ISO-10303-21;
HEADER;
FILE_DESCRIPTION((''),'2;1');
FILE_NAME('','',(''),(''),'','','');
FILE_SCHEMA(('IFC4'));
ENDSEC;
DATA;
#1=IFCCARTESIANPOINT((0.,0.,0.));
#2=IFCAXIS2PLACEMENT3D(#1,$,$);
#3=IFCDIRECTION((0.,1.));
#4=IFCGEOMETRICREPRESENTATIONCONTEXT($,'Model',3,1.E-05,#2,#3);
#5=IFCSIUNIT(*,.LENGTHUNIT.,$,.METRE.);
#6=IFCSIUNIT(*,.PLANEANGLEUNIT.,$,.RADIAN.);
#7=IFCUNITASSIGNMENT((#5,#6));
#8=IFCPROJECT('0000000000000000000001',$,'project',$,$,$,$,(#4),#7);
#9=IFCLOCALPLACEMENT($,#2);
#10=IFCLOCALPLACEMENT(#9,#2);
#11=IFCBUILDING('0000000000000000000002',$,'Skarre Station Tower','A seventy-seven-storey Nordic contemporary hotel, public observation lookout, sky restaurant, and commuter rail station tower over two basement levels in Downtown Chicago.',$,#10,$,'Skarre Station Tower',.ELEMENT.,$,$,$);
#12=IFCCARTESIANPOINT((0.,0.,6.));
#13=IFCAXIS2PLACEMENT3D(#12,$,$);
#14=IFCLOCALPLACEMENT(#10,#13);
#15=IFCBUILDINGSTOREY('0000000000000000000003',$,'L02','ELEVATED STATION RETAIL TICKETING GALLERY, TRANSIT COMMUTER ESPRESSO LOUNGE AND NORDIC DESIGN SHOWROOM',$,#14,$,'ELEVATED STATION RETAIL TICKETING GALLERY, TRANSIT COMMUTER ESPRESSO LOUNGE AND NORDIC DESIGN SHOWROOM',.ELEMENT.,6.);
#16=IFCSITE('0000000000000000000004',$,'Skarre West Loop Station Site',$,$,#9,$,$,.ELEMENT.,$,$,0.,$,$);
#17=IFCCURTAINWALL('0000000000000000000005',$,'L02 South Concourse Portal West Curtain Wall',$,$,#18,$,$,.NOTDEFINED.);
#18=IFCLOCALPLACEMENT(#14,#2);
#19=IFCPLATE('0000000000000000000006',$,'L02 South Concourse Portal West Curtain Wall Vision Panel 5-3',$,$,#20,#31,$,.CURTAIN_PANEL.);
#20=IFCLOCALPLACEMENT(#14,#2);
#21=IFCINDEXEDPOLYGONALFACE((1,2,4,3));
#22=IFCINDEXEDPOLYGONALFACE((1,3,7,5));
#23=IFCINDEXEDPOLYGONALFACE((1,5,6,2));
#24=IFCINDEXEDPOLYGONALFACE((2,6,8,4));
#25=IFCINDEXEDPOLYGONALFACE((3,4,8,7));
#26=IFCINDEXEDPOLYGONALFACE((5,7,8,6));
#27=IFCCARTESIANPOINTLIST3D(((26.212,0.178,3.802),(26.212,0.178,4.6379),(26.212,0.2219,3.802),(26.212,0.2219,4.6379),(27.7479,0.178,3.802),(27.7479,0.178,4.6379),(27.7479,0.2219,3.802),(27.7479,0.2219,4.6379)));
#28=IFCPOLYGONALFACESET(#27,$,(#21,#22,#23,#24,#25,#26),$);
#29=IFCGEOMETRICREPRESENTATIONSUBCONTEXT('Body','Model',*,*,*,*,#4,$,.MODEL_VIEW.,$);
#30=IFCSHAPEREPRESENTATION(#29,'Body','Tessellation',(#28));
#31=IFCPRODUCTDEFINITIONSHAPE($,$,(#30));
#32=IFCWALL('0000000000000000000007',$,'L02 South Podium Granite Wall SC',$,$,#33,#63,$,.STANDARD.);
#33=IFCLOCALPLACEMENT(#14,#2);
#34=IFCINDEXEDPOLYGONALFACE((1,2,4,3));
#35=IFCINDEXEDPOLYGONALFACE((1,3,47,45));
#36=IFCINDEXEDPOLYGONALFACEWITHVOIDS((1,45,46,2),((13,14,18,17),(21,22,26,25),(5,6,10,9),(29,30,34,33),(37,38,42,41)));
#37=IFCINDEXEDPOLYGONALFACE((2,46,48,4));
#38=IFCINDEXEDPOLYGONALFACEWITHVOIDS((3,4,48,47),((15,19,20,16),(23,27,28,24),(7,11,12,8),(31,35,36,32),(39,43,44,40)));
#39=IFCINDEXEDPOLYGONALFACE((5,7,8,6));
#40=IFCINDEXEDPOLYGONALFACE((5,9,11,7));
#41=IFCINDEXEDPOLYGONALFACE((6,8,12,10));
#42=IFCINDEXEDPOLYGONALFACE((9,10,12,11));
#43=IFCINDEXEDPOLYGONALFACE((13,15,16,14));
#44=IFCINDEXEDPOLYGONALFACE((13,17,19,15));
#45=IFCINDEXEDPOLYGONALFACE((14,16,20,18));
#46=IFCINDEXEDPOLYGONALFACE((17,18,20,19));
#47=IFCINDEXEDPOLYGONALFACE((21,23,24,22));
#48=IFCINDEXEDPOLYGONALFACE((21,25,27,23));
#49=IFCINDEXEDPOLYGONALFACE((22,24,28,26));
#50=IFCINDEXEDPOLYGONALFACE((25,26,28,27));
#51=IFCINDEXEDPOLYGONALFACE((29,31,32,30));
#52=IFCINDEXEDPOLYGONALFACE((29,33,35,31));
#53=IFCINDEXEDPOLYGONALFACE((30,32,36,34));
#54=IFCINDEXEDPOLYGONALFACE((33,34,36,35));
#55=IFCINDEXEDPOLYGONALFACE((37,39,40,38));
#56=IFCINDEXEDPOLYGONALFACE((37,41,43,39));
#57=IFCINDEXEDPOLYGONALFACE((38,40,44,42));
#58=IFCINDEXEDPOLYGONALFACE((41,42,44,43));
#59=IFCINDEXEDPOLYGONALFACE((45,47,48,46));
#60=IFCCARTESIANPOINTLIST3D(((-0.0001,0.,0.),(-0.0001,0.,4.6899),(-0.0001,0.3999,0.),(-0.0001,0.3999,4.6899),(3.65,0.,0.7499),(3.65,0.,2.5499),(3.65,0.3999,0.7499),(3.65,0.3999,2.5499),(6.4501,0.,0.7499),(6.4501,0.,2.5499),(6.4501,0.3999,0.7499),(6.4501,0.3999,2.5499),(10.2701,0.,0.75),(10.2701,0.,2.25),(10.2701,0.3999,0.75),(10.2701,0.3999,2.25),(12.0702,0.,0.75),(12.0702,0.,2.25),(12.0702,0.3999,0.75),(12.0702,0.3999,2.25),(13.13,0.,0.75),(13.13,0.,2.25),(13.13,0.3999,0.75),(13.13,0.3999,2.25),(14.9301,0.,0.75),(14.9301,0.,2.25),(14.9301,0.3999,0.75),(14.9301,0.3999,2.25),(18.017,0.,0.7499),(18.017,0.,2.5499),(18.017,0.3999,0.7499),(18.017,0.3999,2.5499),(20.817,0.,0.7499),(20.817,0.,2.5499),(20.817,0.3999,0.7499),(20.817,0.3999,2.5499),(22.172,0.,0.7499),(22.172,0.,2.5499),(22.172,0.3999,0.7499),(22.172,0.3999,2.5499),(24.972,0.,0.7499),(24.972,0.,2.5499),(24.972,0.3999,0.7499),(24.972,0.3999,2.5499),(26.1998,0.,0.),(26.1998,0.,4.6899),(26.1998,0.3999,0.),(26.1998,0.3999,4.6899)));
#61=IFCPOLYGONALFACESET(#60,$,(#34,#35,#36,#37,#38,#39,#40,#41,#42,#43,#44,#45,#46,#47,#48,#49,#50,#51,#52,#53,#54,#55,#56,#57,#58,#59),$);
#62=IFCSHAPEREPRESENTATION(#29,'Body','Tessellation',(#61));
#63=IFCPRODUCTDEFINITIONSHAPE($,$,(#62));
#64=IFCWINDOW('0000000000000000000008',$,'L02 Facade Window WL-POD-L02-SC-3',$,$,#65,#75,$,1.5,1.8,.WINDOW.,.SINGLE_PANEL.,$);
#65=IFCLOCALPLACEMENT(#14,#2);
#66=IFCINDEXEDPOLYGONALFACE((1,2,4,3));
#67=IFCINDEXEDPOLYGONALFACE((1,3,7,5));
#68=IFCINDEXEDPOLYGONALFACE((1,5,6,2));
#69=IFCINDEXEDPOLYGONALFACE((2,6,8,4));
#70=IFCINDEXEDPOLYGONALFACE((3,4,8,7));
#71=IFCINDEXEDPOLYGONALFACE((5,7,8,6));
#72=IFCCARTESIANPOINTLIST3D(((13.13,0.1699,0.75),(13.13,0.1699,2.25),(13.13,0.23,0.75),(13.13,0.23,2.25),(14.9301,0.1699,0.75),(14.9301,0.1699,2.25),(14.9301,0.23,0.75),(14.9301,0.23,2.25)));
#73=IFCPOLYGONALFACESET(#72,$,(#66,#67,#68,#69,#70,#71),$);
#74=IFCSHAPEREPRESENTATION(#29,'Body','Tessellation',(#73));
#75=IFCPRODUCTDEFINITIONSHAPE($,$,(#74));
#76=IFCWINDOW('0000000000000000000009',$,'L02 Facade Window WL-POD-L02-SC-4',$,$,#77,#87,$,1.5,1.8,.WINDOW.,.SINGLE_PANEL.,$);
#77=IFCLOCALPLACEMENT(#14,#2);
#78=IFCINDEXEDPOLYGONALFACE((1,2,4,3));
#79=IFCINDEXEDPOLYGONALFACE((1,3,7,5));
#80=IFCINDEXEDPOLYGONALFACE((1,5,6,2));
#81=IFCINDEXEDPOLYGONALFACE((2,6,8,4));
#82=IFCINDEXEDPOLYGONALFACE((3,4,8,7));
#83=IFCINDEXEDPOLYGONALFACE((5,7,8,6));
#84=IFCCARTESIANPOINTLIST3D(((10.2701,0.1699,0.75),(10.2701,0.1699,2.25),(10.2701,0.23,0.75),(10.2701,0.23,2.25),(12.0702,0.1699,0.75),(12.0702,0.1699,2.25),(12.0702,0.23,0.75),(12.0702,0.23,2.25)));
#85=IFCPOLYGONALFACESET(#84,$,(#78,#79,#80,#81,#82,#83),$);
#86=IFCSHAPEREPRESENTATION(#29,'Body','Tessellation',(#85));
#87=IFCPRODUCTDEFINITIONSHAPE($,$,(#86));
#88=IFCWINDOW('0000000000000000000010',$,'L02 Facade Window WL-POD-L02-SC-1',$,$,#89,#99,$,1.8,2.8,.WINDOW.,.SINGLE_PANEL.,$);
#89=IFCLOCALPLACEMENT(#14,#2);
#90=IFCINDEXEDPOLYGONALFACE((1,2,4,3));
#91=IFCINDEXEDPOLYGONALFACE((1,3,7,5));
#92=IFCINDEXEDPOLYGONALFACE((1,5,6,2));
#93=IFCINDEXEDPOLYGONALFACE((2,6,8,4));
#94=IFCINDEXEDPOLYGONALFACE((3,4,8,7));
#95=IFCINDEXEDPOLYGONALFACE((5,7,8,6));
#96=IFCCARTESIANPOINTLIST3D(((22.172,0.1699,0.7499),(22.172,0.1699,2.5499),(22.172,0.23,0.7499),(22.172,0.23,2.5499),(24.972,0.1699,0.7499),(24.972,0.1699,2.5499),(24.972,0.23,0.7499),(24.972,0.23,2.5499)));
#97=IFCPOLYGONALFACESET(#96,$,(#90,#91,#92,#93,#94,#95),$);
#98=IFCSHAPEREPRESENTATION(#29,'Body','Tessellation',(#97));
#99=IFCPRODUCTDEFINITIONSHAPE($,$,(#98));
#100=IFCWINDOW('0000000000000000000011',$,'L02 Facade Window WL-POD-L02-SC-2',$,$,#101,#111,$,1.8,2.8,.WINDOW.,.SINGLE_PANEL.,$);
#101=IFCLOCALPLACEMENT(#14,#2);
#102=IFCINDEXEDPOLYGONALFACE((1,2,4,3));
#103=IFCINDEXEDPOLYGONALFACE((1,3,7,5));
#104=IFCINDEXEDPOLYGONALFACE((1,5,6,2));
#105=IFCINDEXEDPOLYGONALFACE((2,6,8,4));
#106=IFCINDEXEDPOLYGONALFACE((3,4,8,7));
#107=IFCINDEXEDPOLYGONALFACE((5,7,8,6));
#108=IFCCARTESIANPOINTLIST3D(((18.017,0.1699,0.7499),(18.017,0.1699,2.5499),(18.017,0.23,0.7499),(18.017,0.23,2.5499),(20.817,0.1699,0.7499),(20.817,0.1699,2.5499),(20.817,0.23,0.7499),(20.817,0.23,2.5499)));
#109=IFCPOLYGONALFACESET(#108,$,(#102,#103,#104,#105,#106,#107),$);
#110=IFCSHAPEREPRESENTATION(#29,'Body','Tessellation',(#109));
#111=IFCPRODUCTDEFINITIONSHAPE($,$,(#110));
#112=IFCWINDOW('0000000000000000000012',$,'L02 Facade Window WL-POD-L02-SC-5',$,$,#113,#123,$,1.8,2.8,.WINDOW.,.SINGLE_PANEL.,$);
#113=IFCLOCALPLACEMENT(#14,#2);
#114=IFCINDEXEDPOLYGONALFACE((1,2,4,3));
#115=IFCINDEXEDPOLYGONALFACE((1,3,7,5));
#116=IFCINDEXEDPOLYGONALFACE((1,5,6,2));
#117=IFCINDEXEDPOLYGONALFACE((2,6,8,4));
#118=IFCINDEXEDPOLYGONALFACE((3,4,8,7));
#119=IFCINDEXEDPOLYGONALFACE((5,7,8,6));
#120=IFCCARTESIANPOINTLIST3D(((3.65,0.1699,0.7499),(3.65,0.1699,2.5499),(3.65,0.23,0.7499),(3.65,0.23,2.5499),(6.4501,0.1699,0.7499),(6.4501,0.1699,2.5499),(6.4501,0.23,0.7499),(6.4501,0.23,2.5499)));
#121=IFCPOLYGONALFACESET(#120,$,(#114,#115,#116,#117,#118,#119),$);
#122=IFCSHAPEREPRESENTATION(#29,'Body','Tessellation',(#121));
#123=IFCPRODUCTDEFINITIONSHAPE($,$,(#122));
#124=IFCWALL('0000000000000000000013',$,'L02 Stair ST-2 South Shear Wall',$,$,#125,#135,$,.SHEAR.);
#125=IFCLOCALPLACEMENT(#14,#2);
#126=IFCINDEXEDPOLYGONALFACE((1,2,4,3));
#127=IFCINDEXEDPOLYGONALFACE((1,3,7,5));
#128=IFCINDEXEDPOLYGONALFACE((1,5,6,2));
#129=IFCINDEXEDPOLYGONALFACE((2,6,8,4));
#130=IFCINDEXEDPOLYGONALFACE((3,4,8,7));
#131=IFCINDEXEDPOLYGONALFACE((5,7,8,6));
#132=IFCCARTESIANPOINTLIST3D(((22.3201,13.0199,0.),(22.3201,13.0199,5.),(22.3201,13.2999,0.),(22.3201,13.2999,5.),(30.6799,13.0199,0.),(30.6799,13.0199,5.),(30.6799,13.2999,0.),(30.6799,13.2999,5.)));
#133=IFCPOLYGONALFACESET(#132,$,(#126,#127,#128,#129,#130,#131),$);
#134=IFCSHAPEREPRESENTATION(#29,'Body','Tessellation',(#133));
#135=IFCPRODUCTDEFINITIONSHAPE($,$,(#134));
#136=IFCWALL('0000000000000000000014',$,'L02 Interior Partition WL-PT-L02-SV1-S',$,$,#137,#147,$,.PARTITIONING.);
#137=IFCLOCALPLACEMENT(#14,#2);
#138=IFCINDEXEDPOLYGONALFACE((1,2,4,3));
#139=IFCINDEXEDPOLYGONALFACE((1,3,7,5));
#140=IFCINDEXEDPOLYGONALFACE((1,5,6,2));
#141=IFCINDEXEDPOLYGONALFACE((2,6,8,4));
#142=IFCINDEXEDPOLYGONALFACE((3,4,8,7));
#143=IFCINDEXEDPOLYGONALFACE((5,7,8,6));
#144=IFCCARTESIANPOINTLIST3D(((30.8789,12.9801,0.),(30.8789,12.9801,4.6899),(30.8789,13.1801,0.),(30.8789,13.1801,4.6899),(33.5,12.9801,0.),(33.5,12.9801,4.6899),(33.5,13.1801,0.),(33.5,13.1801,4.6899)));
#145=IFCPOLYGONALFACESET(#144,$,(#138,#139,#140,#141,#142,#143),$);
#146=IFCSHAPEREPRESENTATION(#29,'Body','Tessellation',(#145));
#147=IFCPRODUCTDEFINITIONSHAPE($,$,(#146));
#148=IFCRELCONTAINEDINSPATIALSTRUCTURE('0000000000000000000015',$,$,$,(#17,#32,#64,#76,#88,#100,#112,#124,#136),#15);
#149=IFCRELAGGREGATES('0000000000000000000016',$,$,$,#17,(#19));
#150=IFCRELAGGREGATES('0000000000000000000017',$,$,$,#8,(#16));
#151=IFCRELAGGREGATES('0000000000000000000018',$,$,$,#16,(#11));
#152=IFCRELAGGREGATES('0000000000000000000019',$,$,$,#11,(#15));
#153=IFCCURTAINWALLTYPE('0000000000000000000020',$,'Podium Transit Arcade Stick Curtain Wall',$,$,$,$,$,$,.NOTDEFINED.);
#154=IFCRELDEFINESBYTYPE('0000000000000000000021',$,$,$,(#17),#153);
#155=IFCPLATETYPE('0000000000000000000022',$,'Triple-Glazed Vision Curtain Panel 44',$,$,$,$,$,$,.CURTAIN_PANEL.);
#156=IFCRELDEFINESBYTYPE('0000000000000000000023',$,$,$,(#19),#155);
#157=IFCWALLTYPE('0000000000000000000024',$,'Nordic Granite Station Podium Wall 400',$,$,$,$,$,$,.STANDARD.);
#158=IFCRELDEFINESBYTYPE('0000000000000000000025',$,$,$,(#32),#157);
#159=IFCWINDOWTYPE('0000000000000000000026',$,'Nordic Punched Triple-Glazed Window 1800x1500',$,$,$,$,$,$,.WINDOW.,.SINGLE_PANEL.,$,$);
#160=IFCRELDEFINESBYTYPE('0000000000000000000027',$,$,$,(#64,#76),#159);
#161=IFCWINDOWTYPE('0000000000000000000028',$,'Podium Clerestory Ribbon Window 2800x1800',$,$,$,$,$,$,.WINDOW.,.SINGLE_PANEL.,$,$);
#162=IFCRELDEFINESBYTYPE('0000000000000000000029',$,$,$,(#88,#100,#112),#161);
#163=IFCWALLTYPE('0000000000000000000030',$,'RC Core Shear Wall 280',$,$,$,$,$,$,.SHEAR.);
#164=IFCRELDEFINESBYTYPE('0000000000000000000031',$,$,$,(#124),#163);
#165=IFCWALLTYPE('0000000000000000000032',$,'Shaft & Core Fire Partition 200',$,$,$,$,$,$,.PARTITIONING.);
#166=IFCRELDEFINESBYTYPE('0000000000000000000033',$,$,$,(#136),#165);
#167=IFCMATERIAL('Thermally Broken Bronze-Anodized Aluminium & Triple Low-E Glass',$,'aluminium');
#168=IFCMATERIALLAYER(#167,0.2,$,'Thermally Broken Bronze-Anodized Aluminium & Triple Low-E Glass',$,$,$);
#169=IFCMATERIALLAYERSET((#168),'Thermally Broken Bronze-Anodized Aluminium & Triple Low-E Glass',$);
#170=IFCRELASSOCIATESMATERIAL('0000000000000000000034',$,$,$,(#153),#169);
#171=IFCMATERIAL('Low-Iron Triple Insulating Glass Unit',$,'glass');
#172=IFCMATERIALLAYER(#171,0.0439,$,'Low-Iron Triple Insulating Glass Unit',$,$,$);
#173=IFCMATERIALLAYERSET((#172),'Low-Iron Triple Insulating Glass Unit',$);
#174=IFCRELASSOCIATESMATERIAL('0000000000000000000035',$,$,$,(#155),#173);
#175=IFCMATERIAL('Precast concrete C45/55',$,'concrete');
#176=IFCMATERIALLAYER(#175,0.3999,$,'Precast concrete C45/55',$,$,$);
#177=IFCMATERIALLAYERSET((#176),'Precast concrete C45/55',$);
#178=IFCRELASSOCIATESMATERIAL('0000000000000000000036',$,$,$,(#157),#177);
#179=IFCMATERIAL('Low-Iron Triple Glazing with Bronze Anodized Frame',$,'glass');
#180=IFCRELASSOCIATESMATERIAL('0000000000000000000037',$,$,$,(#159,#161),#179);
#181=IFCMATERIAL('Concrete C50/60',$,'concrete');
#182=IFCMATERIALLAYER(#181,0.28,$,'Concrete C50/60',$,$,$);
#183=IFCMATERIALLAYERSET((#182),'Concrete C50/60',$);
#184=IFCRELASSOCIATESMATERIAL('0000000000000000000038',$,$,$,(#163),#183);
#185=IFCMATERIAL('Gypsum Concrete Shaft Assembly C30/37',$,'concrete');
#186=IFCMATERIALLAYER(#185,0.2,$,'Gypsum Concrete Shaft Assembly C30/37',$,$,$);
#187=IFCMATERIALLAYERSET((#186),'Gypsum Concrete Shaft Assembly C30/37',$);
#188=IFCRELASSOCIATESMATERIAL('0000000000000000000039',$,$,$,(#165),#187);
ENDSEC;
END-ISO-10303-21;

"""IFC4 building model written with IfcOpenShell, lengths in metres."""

from ifc_helpers import new_model, si_unit, direction, frame, frame_2d, origin, origin_2d, place, context, subcontext, project, spatial, rectangle, extrude, material, layer, layer_set, type_object, element, fill, aggregate, save


model = new_model("IFC4")

# Units and contexts
model_context = context("Model", 3, precision=1e-05, world=origin(), true_north=direction((0.0, 1.0)))
body_context = subcontext(model_context, "Body", "Model", "MODEL_VIEW")
ifc_project = project(units=[si_unit("LENGTHUNIT", "METRE"), si_unit("PLANEANGLEUNIT", "RADIAN")], contexts=[model_context])

# Site, building, storey
site_placement = place(None, origin())
site = spatial("IfcSite", under=ifc_project, at=site_placement, Name="Skarre West Loop Station Site", CompositionType="ELEMENT", RefElevation=0.0)
building_placement = place(site_placement, origin())
building = spatial("IfcBuilding", under=site, at=building_placement, Name="Skarre Station Tower", Description="A seventy-seven-storey Nordic contemporary hotel, public observation lookout, sky restaurant, and commuter rail station tower over two basement levels in Downtown Chicago.", LongName="Skarre Station Tower", CompositionType="ELEMENT")
storey_placement = place(building_placement, frame((0.0, 0.0, 6.0)))
storey = spatial("IfcBuildingStorey", under=building, at=storey_placement, Name="L02", Description="ELEVATED STATION RETAIL TICKETING GALLERY, TRANSIT COMMUTER ESPRESSO LOUNGE AND NORDIC DESIGN SHOWROOM", LongName="ELEVATED STATION RETAIL TICKETING GALLERY, TRANSIT COMMUTER ESPRESSO LOUNGE AND NORDIC DESIGN SHOWROOM", CompositionType="ELEMENT", Elevation=6.0)

# Curtain wall
ifc_material_1 = material(Name="Thermally Broken Bronze-Anodized Aluminium & Triple Low-E Glass", Category="aluminium")
ifc_layer_1 = layer(ifc_material_1, 0.2, Name="Thermally Broken Bronze-Anodized Aluminium & Triple Low-E Glass")
ifc_layer_set_1 = layer_set([ifc_layer_1], Name="Thermally Broken Bronze-Anodized Aluminium & Triple Low-E Glass")
curtain_wall_type = type_object("IfcCurtainWallType", Name="Podium Transit Arcade Stick Curtain Wall", PredefinedType="NOTDEFINED", material=ifc_layer_set_1)
curtain_wall_placement = place(storey_placement, origin())
curtain_wall = element("IfcCurtainWall", 1, at=curtain_wall_placement, inside=storey, type_object=curtain_wall_type, Name="L02 South Concourse Portal West Curtain Wall", PredefinedType="NOTDEFINED")

# Plate
ifc_material_2 = material(Name="Low-Iron Triple Insulating Glass Unit", Category="glass")
ifc_layer_2 = layer(ifc_material_2, 0.0439, Name="Low-Iron Triple Insulating Glass Unit")
ifc_layer_set_2 = layer_set([ifc_layer_2], Name="Low-Iron Triple Insulating Glass Unit")
plate_type_1 = type_object("IfcPlateType", Name="Triple-Glazed Vision Curtain Panel 44", PredefinedType="CURTAIN_PANEL", material=ifc_layer_set_2)
plate_1_placement = place(storey_placement, frame((26.98, 0.2, 3.802), z_axis=(0.0, 0.0, 1.0), x_axis=(-1.0, 0.0, 0.0)))
plate_1 = element("IfcPlate", 2, at=plate_1_placement, type_object=plate_type_1, Name="L02 South Concourse Portal West Curtain Wall Vision Panel 5-3", PredefinedType="CURTAIN_PANEL", context=body_context, shape_type="SweptSolid", body=[
    extrude(rectangle(XDim=1.5359, YDim=0.0439, at=origin_2d()), origin(), (0.0, 0.0, 1.0), 0.8359),
])
aggregate(curtain_wall, [plate_1])

# Wall, openings, windows
ifc_material_3 = material(Name="Precast concrete C45/55", Category="concrete")
ifc_layer_3 = layer(ifc_material_3, 0.3999, Name="Precast concrete C45/55")
ifc_layer_set_3 = layer_set([ifc_layer_3], Name="Precast concrete C45/55")
wall_type_1 = type_object("IfcWallType", Name="Nordic Granite Station Podium Wall 400", PredefinedType="STANDARD", material=ifc_layer_set_3)
wall_1_placement = place(storey_placement, frame((26.2, 0.2, 0.0), z_axis=(0.0, 0.0, 1.0), x_axis=(-1.0, 0.0, 0.0)))
wall_1 = element("IfcWall", 3, at=wall_1_placement, inside=storey, type_object=wall_type_1, Name="L02 South Podium Granite Wall SC", PredefinedType="STANDARD", context=body_context, shape_type="SweptSolid", body=[
    extrude(rectangle(XDim=26.2, YDim=0.3999, at=frame_2d((13.1001, 0.0))), origin(), (0.0, 0.0, 1.0), 4.6899),
])
opening_1_placement = place(wall_1_placement, frame((1.228, 0.0, 0.75)))
opening_1 = element("IfcOpeningElement", 4, at=opening_1_placement, cuts=wall_1, PredefinedType="OPENING", context=body_context, shape_type="SweptSolid", body=[
    extrude(rectangle(XDim=2.8, YDim=1.8, at=frame_2d((1.3999, 0.8999))), frame((0.0, 0.21, 0.0), z_axis=(0.0, -1.0, 0.0), x_axis=(1.0, 0.0, 0.0)), (0.0, 0.0, 1.0), 0.4199),
])
opening_2_placement = place(wall_1_placement, frame((5.3831, 0.0, 0.75)))
opening_2 = element("IfcOpeningElement", 5, at=opening_2_placement, cuts=wall_1, PredefinedType="OPENING", context=body_context, shape_type="SweptSolid", body=[
    extrude(rectangle(XDim=2.8, YDim=1.8, at=frame_2d((1.3999, 0.8999))), frame((0.0, 0.21, 0.0), z_axis=(0.0, -1.0, 0.0), x_axis=(1.0, 0.0, 0.0)), (0.0, 0.0, 1.0), 0.4199),
])
opening_3_placement = place(wall_1_placement, frame((11.27, 0.0, 0.75)))
opening_3 = element("IfcOpeningElement", 6, at=opening_3_placement, cuts=wall_1, PredefinedType="OPENING", context=body_context, shape_type="SweptSolid", body=[
    extrude(rectangle(XDim=1.8, YDim=1.5, at=frame_2d((0.8999, 0.75))), frame((0.0, 0.21, 0.0), z_axis=(0.0, -1.0, 0.0), x_axis=(1.0, 0.0, 0.0)), (0.0, 0.0, 1.0), 0.4199),
])
opening_4_placement = place(wall_1_placement, frame((14.1299, 0.0, 0.75)))
opening_4 = element("IfcOpeningElement", 7, at=opening_4_placement, cuts=wall_1, PredefinedType="OPENING", context=body_context, shape_type="SweptSolid", body=[
    extrude(rectangle(XDim=1.8, YDim=1.5, at=frame_2d((0.8999, 0.75))), frame((0.0, 0.21, 0.0), z_axis=(0.0, -1.0, 0.0), x_axis=(1.0, 0.0, 0.0)), (0.0, 0.0, 1.0), 0.4199),
])
opening_5_placement = place(wall_1_placement, frame((19.75, 0.0, 0.75)))
opening_5 = element("IfcOpeningElement", 8, at=opening_5_placement, cuts=wall_1, PredefinedType="OPENING", context=body_context, shape_type="SweptSolid", body=[
    extrude(rectangle(XDim=2.8, YDim=1.8, at=frame_2d((1.3999, 0.8999))), frame((0.0, 0.21, 0.0), z_axis=(0.0, -1.0, 0.0), x_axis=(1.0, 0.0, 0.0)), (0.0, 0.0, 1.0), 0.4199),
])
ifc_material_4 = material(Name="Low-Iron Triple Glazing with Bronze Anodized Frame", Category="glass")
window_type_1 = type_object("IfcWindowType", Name="Nordic Punched Triple-Glazed Window 1800x1500", PartitioningType="SINGLE_PANEL", PredefinedType="WINDOW", material=ifc_material_4)
window_1_placement = place(opening_3_placement, origin())
window_1 = element("IfcWindow", 9, at=window_1_placement, inside=storey, type_object=window_type_1, Name="L02 Facade Window WL-POD-L02-SC-3", OverallHeight=1.5, OverallWidth=1.8, PartitioningType="SINGLE_PANEL", PredefinedType="WINDOW", context=body_context, shape_type="SweptSolid", body=[
    extrude(rectangle(XDim=1.8, YDim=1.5, at=frame_2d((0.8999, 0.75))), frame((0.0, 0.03, 0.0), z_axis=(0.0, -1.0, 0.0), x_axis=(1.0, 0.0, 0.0)), (0.0, 0.0, 1.0), 0.0601),
])
fill(opening_3, window_1)
window_2_placement = place(opening_4_placement, origin())
window_2 = element("IfcWindow", 10, at=window_2_placement, inside=storey, type_object=window_type_1, Name="L02 Facade Window WL-POD-L02-SC-4", OverallHeight=1.5, OverallWidth=1.8, PartitioningType="SINGLE_PANEL", PredefinedType="WINDOW", context=body_context, shape_type="SweptSolid", body=[
    extrude(rectangle(XDim=1.8, YDim=1.5, at=frame_2d((0.8999, 0.75))), frame((0.0, 0.03, 0.0), z_axis=(0.0, -1.0, 0.0), x_axis=(1.0, 0.0, 0.0)), (0.0, 0.0, 1.0), 0.0601),
])
fill(opening_4, window_2)
window_type_2 = type_object("IfcWindowType", Name="Podium Clerestory Ribbon Window 2800x1800", PartitioningType="SINGLE_PANEL", PredefinedType="WINDOW", material=ifc_material_4)
window_3_placement = place(opening_1_placement, origin())
window_3 = element("IfcWindow", 11, at=window_3_placement, inside=storey, type_object=window_type_2, Name="L02 Facade Window WL-POD-L02-SC-1", OverallHeight=1.8, OverallWidth=2.8, PartitioningType="SINGLE_PANEL", PredefinedType="WINDOW", context=body_context, shape_type="SweptSolid", body=[
    extrude(rectangle(XDim=2.8, YDim=1.8, at=frame_2d((1.3999, 0.8999))), frame((0.0, 0.03, 0.0), z_axis=(0.0, -1.0, 0.0), x_axis=(1.0, 0.0, 0.0)), (0.0, 0.0, 1.0), 0.0601),
])
fill(opening_1, window_3)
window_4_placement = place(opening_2_placement, origin())
window_4 = element("IfcWindow", 12, at=window_4_placement, inside=storey, type_object=window_type_2, Name="L02 Facade Window WL-POD-L02-SC-2", OverallHeight=1.8, OverallWidth=2.8, PartitioningType="SINGLE_PANEL", PredefinedType="WINDOW", context=body_context, shape_type="SweptSolid", body=[
    extrude(rectangle(XDim=2.8, YDim=1.8, at=frame_2d((1.3999, 0.8999))), frame((0.0, 0.03, 0.0), z_axis=(0.0, -1.0, 0.0), x_axis=(1.0, 0.0, 0.0)), (0.0, 0.0, 1.0), 0.0601),
])
fill(opening_2, window_4)
window_5_placement = place(opening_5_placement, origin())
window_5 = element("IfcWindow", 13, at=window_5_placement, inside=storey, type_object=window_type_2, Name="L02 Facade Window WL-POD-L02-SC-5", OverallHeight=1.8, OverallWidth=2.8, PartitioningType="SINGLE_PANEL", PredefinedType="WINDOW", context=body_context, shape_type="SweptSolid", body=[
    extrude(rectangle(XDim=2.8, YDim=1.8, at=frame_2d((1.3999, 0.8999))), frame((0.0, 0.03, 0.0), z_axis=(0.0, -1.0, 0.0), x_axis=(1.0, 0.0, 0.0)), (0.0, 0.0, 1.0), 0.0601),
])
fill(opening_5, window_5)

# Walls
ifc_material_5 = material(Name="Concrete C50/60", Category="concrete")
ifc_layer_4 = layer(ifc_material_5, 0.28, Name="Concrete C50/60")
ifc_layer_set_4 = layer_set([ifc_layer_4], Name="Concrete C50/60")
wall_type_2 = type_object("IfcWallType", Name="RC Core Shear Wall 280", PredefinedType="SHEAR", material=ifc_layer_set_4)
wall_2_placement = place(storey_placement, frame((22.3201, 13.1599, 0.0), z_axis=(0.0, 0.0, 1.0), x_axis=(1.0, 0.0, 0.0)))
element("IfcWall", 14, at=wall_2_placement, inside=storey, type_object=wall_type_2, Name="L02 Stair ST-2 South Shear Wall", PredefinedType="SHEAR", context=body_context, shape_type="SweptSolid", body=[
    extrude(rectangle(XDim=8.3599, YDim=0.28, at=frame_2d((4.1799, 0.0))), origin(), (0.0, 0.0, 1.0), 5.0),
])
ifc_material_6 = material(Name="Gypsum Concrete Shaft Assembly C30/37", Category="concrete")
ifc_layer_5 = layer(ifc_material_6, 0.2, Name="Gypsum Concrete Shaft Assembly C30/37")
ifc_layer_set_5 = layer_set([ifc_layer_5], Name="Gypsum Concrete Shaft Assembly C30/37")
wall_type_3 = type_object("IfcWallType", Name="Shaft & Core Fire Partition 200", PredefinedType="PARTITIONING", material=ifc_layer_set_5)
wall_3_placement = place(storey_placement, frame((30.8789, 13.0801, 0.0), z_axis=(0.0, 0.0, 1.0), x_axis=(1.0, 0.0, 0.0)))
element("IfcWall", 15, at=wall_3_placement, inside=storey, type_object=wall_type_3, Name="L02 Interior Partition WL-PT-L02-SV1-S", PredefinedType="PARTITIONING", context=body_context, shape_type="SweptSolid", body=[
    extrude(rectangle(XDim=2.6211, YDim=0.2, at=frame_2d((1.3105, 0.0))), origin(), (0.0, 0.0, 1.0), 4.6899),
])

save(model, "model.ifc")
